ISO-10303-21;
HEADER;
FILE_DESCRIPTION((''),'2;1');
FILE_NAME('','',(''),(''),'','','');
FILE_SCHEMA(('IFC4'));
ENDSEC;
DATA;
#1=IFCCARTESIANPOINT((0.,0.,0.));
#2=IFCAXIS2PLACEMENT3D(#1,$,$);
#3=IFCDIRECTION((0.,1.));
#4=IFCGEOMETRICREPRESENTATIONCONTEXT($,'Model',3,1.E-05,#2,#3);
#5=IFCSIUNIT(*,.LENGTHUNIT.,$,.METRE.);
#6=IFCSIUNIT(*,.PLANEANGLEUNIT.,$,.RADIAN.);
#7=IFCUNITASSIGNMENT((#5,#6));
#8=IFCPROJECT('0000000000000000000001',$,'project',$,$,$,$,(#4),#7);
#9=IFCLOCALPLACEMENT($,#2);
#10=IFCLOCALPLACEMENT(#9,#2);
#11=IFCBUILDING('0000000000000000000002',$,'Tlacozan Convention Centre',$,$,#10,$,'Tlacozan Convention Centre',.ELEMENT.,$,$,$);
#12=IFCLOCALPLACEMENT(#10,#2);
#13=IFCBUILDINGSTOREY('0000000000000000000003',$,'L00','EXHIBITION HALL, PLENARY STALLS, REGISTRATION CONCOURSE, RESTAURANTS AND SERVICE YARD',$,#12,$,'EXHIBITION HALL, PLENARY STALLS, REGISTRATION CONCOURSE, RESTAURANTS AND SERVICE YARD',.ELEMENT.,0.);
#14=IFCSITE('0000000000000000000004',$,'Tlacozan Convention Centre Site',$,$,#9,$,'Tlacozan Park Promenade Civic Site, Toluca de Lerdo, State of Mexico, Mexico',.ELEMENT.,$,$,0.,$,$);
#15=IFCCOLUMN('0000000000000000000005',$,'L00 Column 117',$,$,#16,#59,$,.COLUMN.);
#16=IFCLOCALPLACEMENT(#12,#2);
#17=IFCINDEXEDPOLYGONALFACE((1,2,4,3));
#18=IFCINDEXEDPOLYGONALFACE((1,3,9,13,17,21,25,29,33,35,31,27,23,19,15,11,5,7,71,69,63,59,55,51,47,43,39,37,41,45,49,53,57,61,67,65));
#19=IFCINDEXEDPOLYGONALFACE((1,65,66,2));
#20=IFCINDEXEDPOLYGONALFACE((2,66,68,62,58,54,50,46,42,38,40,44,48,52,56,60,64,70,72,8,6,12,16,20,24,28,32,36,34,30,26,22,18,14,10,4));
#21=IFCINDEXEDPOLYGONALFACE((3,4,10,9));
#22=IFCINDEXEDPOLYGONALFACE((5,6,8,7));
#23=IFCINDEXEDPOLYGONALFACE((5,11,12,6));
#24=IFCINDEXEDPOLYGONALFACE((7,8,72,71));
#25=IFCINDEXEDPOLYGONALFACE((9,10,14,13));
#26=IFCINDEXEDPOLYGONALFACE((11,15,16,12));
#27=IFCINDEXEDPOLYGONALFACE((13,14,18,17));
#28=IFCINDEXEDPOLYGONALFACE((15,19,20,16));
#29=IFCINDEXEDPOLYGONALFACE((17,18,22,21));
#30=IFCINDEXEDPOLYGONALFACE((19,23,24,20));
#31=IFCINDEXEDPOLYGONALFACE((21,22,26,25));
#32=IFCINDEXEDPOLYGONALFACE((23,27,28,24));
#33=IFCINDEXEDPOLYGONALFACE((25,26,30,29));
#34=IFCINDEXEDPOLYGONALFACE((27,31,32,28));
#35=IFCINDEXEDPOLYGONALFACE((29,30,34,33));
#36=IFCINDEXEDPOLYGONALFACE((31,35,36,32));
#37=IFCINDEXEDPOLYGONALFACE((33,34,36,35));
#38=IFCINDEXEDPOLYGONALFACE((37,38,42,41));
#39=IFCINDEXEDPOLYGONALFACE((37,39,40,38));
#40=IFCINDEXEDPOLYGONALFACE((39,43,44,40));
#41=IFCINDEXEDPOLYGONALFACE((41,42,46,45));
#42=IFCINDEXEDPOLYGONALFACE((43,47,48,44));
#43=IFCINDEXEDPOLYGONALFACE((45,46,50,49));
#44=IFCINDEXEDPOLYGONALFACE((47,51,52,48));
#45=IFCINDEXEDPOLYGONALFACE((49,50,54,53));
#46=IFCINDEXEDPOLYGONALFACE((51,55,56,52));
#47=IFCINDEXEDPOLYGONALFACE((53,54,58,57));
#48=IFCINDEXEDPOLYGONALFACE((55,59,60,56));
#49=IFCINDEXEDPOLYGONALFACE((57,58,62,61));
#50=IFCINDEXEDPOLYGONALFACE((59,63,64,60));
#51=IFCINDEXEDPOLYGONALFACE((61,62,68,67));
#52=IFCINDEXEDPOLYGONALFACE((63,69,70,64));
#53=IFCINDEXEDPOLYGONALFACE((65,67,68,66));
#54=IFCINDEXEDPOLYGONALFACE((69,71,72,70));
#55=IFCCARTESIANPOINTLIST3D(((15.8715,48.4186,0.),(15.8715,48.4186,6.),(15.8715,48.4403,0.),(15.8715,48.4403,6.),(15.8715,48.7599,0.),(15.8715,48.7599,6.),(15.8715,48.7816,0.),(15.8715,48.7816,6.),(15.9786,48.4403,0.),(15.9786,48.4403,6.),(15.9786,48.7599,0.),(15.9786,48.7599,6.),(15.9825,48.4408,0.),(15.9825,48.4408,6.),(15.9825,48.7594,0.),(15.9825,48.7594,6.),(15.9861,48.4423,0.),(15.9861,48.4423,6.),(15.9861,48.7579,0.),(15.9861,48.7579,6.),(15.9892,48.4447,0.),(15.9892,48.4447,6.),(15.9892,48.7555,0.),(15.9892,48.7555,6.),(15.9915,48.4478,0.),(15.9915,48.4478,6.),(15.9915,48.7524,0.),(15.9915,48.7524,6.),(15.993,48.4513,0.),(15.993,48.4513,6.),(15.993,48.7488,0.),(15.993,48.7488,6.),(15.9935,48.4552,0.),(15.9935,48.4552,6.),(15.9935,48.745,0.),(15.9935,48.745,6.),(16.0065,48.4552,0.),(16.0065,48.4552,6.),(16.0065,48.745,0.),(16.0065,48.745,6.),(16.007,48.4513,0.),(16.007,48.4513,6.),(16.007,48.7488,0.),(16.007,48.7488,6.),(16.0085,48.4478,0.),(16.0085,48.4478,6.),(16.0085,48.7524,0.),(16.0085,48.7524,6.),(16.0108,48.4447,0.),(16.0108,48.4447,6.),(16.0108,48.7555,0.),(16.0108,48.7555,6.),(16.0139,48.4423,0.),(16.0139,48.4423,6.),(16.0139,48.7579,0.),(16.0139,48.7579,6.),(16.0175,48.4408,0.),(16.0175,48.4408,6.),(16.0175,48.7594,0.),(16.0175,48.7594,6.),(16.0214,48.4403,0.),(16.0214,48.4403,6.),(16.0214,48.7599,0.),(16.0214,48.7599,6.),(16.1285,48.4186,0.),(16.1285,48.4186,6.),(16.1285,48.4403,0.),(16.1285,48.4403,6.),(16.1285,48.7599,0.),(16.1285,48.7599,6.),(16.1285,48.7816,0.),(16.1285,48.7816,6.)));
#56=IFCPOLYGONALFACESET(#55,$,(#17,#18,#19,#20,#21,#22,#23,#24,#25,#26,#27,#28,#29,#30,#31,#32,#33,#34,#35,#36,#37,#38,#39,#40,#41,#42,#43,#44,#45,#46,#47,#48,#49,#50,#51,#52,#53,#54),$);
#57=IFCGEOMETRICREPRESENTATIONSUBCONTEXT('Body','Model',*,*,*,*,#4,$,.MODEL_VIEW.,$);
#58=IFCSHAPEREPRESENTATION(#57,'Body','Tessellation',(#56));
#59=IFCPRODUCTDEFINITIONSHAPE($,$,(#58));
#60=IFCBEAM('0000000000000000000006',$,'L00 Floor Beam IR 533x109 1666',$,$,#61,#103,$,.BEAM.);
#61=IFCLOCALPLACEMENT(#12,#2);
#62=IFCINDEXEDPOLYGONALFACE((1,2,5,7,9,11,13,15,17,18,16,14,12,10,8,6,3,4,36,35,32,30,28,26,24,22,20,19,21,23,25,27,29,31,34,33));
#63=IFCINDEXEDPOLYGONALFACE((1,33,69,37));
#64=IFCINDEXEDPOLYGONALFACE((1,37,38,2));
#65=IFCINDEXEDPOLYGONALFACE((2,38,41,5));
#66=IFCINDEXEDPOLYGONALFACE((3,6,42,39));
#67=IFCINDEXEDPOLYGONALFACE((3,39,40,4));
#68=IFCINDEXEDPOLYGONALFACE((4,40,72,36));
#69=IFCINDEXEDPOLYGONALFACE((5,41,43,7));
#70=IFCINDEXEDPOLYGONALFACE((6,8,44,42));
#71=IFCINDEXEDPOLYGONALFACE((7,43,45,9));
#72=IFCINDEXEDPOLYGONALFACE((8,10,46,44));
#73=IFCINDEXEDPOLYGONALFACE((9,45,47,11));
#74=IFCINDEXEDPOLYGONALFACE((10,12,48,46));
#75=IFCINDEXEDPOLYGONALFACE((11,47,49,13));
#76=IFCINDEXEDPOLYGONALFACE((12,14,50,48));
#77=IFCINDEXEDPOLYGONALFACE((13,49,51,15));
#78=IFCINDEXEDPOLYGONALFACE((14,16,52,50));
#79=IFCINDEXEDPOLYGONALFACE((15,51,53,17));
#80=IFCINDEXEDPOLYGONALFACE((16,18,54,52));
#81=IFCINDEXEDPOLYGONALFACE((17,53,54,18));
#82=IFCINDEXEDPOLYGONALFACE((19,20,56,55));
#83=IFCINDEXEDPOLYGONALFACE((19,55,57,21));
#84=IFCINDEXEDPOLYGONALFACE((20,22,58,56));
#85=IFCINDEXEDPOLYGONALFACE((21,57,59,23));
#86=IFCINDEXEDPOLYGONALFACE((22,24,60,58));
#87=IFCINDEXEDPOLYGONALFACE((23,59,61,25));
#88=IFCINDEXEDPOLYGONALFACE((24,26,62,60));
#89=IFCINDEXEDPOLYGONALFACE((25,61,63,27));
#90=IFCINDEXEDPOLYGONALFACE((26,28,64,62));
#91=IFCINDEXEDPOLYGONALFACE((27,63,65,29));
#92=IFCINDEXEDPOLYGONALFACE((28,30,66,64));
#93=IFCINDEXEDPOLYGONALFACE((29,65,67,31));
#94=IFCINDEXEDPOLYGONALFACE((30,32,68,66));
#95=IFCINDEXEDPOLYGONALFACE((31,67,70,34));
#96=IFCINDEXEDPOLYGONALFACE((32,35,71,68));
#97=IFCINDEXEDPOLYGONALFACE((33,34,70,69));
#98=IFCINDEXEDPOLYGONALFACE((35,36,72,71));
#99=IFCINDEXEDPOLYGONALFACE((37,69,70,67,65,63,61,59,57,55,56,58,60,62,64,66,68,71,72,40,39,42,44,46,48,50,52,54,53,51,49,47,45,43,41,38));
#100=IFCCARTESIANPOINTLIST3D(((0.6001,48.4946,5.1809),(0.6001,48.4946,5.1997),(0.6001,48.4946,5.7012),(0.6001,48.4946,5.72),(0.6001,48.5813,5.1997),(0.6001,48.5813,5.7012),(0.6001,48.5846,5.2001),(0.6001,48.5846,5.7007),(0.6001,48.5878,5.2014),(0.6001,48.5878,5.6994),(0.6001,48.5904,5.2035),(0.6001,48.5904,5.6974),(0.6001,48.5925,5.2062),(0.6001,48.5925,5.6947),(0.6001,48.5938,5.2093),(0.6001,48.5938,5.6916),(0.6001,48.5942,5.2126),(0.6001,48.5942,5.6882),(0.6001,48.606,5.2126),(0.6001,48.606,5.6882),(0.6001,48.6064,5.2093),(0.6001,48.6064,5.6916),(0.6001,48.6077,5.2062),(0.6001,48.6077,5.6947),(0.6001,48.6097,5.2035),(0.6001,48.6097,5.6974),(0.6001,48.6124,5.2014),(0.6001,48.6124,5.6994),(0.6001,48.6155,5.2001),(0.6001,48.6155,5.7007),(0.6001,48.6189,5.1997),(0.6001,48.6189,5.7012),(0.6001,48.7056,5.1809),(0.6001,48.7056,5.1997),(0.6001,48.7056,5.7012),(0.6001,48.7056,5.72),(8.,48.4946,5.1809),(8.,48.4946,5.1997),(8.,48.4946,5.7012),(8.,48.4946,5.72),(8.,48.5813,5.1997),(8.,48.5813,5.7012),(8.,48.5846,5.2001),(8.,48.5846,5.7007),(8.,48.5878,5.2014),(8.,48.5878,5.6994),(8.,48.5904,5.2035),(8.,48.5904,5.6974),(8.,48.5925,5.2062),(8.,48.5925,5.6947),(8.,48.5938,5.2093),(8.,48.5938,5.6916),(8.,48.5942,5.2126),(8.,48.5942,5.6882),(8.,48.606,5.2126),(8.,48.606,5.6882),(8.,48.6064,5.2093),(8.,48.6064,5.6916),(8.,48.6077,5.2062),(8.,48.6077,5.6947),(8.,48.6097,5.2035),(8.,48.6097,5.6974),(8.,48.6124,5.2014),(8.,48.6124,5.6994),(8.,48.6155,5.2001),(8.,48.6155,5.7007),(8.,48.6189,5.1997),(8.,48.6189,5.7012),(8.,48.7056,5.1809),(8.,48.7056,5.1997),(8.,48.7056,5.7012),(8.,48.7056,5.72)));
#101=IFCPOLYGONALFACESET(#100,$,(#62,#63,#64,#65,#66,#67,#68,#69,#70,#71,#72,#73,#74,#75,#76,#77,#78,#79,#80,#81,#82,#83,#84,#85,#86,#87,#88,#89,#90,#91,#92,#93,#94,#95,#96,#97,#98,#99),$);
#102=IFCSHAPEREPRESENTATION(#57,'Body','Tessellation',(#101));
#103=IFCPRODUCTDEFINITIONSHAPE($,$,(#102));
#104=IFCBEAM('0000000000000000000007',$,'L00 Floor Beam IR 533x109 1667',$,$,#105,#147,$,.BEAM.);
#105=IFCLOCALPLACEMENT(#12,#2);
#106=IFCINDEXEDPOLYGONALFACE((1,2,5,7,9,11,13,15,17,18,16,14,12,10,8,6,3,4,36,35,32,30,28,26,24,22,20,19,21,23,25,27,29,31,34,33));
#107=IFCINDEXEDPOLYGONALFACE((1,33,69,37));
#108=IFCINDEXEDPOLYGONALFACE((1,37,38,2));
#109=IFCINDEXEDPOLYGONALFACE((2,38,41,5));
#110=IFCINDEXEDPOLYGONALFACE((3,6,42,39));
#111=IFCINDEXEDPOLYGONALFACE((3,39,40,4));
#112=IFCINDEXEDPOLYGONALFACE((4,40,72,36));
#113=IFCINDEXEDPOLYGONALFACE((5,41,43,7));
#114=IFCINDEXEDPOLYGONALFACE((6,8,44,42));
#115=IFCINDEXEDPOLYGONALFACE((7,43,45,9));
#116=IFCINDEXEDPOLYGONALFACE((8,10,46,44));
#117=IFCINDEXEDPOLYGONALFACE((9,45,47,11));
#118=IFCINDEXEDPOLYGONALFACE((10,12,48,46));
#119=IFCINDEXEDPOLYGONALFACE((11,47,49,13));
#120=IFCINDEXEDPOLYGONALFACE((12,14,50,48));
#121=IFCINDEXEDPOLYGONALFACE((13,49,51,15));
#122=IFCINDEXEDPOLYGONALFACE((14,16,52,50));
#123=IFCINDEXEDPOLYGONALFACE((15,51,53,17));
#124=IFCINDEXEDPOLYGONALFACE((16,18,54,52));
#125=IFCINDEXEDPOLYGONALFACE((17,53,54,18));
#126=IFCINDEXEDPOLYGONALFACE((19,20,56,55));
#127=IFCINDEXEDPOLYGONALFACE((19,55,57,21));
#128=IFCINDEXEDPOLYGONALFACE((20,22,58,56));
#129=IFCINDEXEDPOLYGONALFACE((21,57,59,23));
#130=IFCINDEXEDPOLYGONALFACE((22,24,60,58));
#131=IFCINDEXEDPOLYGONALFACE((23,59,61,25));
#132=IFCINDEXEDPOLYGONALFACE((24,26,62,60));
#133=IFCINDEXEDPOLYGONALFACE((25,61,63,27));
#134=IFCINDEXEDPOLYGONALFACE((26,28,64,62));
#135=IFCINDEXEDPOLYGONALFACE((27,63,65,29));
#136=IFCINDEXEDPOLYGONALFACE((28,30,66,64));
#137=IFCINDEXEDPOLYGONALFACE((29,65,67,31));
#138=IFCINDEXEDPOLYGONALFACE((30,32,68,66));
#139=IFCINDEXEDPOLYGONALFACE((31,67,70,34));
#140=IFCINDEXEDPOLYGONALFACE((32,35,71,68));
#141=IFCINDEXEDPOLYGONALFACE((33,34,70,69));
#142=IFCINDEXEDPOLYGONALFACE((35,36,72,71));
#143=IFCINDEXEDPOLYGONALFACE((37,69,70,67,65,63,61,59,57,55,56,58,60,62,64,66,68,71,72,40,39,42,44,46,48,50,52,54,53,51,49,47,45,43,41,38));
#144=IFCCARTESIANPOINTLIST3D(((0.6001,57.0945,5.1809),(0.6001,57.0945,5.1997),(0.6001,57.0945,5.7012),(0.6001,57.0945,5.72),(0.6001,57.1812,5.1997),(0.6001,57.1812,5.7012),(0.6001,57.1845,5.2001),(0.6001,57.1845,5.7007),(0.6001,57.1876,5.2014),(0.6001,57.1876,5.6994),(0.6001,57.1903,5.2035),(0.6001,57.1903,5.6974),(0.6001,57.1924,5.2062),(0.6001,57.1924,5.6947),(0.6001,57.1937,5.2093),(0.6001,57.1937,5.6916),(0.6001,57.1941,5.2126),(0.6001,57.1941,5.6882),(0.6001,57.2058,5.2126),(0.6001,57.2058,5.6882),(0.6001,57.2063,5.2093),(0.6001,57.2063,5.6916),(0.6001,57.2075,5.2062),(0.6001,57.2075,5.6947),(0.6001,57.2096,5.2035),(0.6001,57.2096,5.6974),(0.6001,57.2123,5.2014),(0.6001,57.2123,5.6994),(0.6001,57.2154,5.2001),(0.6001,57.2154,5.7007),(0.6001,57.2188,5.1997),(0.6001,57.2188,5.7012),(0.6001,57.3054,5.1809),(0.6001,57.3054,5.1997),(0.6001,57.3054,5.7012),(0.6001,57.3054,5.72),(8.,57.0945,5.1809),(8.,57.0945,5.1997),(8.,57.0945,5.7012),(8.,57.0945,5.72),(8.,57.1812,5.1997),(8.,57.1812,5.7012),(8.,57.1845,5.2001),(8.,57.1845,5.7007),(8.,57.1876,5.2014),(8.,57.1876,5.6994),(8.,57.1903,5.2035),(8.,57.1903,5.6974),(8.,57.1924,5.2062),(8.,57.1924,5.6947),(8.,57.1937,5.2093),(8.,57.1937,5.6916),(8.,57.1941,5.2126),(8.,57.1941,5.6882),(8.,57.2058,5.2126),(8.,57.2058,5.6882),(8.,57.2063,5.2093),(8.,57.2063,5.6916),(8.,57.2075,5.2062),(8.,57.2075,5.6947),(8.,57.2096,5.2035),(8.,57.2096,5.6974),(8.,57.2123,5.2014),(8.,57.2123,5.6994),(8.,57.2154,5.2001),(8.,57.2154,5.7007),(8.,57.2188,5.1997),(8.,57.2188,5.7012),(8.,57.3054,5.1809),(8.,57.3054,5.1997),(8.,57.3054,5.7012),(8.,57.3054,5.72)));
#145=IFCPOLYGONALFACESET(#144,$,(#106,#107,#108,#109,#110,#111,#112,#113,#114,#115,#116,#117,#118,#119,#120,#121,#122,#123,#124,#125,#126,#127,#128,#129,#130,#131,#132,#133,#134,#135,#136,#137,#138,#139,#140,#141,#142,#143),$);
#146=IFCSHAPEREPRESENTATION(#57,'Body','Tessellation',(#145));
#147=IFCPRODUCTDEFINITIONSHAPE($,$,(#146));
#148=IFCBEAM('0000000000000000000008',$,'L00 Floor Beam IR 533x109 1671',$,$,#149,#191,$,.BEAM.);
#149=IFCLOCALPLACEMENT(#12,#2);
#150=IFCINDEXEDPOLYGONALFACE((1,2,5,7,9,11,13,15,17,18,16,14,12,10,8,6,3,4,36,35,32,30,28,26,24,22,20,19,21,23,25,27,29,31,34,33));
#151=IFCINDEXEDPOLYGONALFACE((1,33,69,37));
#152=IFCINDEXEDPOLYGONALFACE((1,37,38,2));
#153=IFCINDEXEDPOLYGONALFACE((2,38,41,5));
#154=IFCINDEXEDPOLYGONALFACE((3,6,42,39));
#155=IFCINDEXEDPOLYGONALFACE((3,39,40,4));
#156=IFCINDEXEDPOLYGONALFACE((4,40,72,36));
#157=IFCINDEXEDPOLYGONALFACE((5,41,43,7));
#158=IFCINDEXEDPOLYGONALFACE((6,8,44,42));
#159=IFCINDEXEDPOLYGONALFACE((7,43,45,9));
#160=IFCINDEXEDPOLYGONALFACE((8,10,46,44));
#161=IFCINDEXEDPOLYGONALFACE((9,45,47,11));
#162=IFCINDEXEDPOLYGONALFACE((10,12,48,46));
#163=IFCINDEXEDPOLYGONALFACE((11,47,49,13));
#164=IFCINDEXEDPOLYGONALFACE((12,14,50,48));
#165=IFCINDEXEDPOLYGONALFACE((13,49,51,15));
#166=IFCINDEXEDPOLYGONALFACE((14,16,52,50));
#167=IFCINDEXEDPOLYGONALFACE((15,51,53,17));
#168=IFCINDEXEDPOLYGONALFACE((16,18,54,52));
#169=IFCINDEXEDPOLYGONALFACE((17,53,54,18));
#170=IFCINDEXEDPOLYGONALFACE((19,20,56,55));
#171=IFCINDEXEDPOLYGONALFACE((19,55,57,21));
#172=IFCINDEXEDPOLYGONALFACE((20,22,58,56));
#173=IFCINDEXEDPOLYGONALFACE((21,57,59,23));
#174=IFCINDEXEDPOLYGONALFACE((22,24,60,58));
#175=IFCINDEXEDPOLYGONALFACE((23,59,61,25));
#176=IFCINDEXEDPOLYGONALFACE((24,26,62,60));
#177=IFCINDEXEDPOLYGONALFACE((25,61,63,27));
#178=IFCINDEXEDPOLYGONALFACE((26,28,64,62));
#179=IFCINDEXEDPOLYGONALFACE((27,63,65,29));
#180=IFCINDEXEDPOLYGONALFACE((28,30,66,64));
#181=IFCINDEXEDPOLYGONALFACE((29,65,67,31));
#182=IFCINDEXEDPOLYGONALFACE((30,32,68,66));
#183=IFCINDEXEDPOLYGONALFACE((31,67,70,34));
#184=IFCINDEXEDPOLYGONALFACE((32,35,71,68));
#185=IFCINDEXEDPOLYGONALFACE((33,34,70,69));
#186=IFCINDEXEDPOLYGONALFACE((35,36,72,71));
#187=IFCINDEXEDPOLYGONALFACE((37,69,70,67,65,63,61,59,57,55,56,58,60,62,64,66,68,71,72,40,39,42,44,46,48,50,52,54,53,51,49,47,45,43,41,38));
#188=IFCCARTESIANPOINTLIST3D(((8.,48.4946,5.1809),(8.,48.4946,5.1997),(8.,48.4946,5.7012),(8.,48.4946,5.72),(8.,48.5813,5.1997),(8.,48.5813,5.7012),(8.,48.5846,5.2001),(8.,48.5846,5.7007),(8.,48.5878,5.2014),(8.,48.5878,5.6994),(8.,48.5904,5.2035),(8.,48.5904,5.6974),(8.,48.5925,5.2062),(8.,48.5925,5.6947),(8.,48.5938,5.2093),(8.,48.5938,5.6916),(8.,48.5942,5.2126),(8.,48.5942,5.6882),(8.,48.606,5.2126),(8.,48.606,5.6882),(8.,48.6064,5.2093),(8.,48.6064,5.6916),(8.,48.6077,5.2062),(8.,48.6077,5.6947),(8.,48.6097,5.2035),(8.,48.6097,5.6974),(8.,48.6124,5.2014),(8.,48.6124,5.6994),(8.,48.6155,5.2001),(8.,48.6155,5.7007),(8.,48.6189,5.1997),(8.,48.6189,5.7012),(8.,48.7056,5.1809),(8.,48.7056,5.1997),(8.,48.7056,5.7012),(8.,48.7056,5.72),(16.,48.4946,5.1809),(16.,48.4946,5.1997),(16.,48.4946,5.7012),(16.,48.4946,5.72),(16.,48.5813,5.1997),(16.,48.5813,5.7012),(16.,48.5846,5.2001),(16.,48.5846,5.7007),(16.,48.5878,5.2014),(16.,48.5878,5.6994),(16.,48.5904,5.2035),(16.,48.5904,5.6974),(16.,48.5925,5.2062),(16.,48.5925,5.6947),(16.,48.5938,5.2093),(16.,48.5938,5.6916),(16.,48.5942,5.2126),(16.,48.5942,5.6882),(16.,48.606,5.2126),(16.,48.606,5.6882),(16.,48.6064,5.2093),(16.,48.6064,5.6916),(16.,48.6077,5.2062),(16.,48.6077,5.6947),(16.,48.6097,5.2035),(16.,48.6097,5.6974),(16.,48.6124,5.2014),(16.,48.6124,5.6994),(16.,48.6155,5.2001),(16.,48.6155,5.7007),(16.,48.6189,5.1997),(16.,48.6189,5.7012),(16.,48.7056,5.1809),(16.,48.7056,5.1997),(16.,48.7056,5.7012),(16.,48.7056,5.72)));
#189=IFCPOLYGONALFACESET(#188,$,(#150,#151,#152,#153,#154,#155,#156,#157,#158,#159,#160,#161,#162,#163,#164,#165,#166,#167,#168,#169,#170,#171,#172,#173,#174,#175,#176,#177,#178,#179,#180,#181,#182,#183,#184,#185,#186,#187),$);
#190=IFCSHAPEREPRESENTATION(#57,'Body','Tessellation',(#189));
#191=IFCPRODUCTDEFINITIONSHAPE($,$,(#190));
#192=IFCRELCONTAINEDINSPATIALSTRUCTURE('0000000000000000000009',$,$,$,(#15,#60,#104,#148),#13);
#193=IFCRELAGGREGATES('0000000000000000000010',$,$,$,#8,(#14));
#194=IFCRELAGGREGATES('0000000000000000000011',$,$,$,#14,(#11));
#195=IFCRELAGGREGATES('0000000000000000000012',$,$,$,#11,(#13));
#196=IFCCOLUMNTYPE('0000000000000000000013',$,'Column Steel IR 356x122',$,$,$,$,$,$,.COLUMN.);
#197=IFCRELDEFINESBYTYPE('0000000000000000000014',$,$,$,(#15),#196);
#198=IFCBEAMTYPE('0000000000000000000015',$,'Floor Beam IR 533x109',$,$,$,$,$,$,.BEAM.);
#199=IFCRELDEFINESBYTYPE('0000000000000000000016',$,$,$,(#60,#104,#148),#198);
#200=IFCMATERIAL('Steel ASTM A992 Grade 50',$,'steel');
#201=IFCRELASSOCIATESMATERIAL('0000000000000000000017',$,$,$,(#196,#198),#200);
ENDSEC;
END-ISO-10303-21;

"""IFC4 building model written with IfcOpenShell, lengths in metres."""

from ifc_helpers import new_model, si_unit, direction, frame, origin, origin_2d, place, context, subcontext, project, spatial, i_section, extrude, material, material_profile, profile_set, type_object, element, save


model = new_model("IFC4")

# Units and contexts
model_context = context("Model", 3, precision=1e-05, world=origin(), true_north=direction((0.0, 1.0)))
body_context = subcontext(model_context, "Body", "Model", "MODEL_VIEW")
ifc_project = project(units=[si_unit("LENGTHUNIT", "METRE"), si_unit("PLANEANGLEUNIT", "RADIAN")], contexts=[model_context])

# Site, building, storey
site_placement = place(None, origin())
site = spatial("IfcSite", under=ifc_project, at=site_placement, Name="Tlacozan Convention Centre Site", LongName="Tlacozan Park Promenade Civic Site, Toluca de Lerdo, State of Mexico, Mexico", CompositionType="ELEMENT", RefElevation=0.0)
building_placement = place(site_placement, origin())
building = spatial("IfcBuilding", under=site, at=building_placement, Name="Tlacozan Convention Centre", LongName="Tlacozan Convention Centre", CompositionType="ELEMENT")
storey_placement = place(building_placement, origin())
storey = spatial("IfcBuildingStorey", under=building, at=storey_placement, Name="L00", Description="EXHIBITION HALL, PLENARY STALLS, REGISTRATION CONCOURSE, RESTAURANTS AND SERVICE YARD", LongName="EXHIBITION HALL, PLENARY STALLS, REGISTRATION CONCOURSE, RESTAURANTS AND SERVICE YARD", CompositionType="ELEMENT", Elevation=0.0)

# Column
ifc_material_1 = material(Name="Steel ASTM A992 Grade 50", Category="steel")
ifc_material_profile_1 = material_profile(ifc_material_1, i_section(OverallWidth=0.2571, OverallDepth=0.363, WebThickness=0.0129, FlangeThickness=0.0217, FilletRadius=0.0149, at=origin_2d()), Name="IR 356x122.0")
ifc_profile_set_1 = profile_set([ifc_material_profile_1], Name="Steel ASTM A992 Grade 50")
column_type = type_object("IfcColumnType", Name="Column Steel IR 356x122", PredefinedType="COLUMN", material=ifc_profile_set_1)
for number, where, z_axis, x_axis, name in (
    (1, (16.0, 48.6001, 0.0), (0.0, 0.0, 1.0), (1.0, 0.0, 0.0), "L00 Column 117"),
):
    element("IfcColumn", number, at=place(storey_placement, frame(where, z_axis=z_axis, x_axis=x_axis)), inside=storey, type_object=column_type, Name=name, PredefinedType="COLUMN", context=body_context, shape_type="SweptSolid", body=[
        extrude(i_section(OverallWidth=0.2571, OverallDepth=0.363, WebThickness=0.0129, FlangeThickness=0.0217, FilletRadius=0.0149, at=origin_2d()), origin(), (0.0, 0.0, 1.0), 6.0),
    ])

# Beams
ifc_material_profile_2 = material_profile(ifc_material_1, i_section(OverallWidth=0.2109, OverallDepth=0.5391, WebThickness=0.0117, FlangeThickness=0.0188, FilletRadius=0.0129, at=origin_2d()), Name="IR 533x109.0")
ifc_profile_set_2 = profile_set([ifc_material_profile_2], Name="Steel ASTM A992 Grade 50")
beam_type_1 = type_object("IfcBeamType", Name="Floor Beam IR 533x109", PredefinedType="BEAM", material=ifc_profile_set_2)
for number, where, z_axis, x_axis, name in (
    (2, (0.6001, 48.6001, 5.4504), (1.0, 0.0, 0.0), (0.0, 1.0, 0.0), "L00 Floor Beam IR 533x109 1666"),
    (3, (0.6001, 57.2, 5.4504), (1.0, 0.0, 0.0), (0.0, 1.0, 0.0), "L00 Floor Beam IR 533x109 1667"),
):
    element("IfcBeam", number, at=place(storey_placement, frame(where, z_axis=z_axis, x_axis=x_axis)), inside=storey, type_object=beam_type_1, Name=name, PredefinedType="BEAM", context=body_context, shape_type="SweptSolid", body=[
        extrude(i_section(OverallWidth=0.2109, OverallDepth=0.5391, WebThickness=0.0117, FlangeThickness=0.0188, FilletRadius=0.0129, at=origin_2d()), origin(), (0.0, 0.0, 1.0), 7.3999),
    ])
for number, where, z_axis, x_axis, name in (
    (4, (8.0, 48.6001, 5.4504), (1.0, 0.0, 0.0), (0.0, 1.0, 0.0), "L00 Floor Beam IR 533x109 1671"),
):
    element("IfcBeam", number, at=place(storey_placement, frame(where, z_axis=z_axis, x_axis=x_axis)), inside=storey, type_object=beam_type_1, Name=name, PredefinedType="BEAM", context=body_context, shape_type="SweptSolid", body=[
        extrude(i_section(OverallWidth=0.2109, OverallDepth=0.5391, WebThickness=0.0117, FlangeThickness=0.0188, FilletRadius=0.0129, at=origin_2d()), origin(), (0.0, 0.0, 1.0), 8.0),
    ])

save(model, "model.ifc")
